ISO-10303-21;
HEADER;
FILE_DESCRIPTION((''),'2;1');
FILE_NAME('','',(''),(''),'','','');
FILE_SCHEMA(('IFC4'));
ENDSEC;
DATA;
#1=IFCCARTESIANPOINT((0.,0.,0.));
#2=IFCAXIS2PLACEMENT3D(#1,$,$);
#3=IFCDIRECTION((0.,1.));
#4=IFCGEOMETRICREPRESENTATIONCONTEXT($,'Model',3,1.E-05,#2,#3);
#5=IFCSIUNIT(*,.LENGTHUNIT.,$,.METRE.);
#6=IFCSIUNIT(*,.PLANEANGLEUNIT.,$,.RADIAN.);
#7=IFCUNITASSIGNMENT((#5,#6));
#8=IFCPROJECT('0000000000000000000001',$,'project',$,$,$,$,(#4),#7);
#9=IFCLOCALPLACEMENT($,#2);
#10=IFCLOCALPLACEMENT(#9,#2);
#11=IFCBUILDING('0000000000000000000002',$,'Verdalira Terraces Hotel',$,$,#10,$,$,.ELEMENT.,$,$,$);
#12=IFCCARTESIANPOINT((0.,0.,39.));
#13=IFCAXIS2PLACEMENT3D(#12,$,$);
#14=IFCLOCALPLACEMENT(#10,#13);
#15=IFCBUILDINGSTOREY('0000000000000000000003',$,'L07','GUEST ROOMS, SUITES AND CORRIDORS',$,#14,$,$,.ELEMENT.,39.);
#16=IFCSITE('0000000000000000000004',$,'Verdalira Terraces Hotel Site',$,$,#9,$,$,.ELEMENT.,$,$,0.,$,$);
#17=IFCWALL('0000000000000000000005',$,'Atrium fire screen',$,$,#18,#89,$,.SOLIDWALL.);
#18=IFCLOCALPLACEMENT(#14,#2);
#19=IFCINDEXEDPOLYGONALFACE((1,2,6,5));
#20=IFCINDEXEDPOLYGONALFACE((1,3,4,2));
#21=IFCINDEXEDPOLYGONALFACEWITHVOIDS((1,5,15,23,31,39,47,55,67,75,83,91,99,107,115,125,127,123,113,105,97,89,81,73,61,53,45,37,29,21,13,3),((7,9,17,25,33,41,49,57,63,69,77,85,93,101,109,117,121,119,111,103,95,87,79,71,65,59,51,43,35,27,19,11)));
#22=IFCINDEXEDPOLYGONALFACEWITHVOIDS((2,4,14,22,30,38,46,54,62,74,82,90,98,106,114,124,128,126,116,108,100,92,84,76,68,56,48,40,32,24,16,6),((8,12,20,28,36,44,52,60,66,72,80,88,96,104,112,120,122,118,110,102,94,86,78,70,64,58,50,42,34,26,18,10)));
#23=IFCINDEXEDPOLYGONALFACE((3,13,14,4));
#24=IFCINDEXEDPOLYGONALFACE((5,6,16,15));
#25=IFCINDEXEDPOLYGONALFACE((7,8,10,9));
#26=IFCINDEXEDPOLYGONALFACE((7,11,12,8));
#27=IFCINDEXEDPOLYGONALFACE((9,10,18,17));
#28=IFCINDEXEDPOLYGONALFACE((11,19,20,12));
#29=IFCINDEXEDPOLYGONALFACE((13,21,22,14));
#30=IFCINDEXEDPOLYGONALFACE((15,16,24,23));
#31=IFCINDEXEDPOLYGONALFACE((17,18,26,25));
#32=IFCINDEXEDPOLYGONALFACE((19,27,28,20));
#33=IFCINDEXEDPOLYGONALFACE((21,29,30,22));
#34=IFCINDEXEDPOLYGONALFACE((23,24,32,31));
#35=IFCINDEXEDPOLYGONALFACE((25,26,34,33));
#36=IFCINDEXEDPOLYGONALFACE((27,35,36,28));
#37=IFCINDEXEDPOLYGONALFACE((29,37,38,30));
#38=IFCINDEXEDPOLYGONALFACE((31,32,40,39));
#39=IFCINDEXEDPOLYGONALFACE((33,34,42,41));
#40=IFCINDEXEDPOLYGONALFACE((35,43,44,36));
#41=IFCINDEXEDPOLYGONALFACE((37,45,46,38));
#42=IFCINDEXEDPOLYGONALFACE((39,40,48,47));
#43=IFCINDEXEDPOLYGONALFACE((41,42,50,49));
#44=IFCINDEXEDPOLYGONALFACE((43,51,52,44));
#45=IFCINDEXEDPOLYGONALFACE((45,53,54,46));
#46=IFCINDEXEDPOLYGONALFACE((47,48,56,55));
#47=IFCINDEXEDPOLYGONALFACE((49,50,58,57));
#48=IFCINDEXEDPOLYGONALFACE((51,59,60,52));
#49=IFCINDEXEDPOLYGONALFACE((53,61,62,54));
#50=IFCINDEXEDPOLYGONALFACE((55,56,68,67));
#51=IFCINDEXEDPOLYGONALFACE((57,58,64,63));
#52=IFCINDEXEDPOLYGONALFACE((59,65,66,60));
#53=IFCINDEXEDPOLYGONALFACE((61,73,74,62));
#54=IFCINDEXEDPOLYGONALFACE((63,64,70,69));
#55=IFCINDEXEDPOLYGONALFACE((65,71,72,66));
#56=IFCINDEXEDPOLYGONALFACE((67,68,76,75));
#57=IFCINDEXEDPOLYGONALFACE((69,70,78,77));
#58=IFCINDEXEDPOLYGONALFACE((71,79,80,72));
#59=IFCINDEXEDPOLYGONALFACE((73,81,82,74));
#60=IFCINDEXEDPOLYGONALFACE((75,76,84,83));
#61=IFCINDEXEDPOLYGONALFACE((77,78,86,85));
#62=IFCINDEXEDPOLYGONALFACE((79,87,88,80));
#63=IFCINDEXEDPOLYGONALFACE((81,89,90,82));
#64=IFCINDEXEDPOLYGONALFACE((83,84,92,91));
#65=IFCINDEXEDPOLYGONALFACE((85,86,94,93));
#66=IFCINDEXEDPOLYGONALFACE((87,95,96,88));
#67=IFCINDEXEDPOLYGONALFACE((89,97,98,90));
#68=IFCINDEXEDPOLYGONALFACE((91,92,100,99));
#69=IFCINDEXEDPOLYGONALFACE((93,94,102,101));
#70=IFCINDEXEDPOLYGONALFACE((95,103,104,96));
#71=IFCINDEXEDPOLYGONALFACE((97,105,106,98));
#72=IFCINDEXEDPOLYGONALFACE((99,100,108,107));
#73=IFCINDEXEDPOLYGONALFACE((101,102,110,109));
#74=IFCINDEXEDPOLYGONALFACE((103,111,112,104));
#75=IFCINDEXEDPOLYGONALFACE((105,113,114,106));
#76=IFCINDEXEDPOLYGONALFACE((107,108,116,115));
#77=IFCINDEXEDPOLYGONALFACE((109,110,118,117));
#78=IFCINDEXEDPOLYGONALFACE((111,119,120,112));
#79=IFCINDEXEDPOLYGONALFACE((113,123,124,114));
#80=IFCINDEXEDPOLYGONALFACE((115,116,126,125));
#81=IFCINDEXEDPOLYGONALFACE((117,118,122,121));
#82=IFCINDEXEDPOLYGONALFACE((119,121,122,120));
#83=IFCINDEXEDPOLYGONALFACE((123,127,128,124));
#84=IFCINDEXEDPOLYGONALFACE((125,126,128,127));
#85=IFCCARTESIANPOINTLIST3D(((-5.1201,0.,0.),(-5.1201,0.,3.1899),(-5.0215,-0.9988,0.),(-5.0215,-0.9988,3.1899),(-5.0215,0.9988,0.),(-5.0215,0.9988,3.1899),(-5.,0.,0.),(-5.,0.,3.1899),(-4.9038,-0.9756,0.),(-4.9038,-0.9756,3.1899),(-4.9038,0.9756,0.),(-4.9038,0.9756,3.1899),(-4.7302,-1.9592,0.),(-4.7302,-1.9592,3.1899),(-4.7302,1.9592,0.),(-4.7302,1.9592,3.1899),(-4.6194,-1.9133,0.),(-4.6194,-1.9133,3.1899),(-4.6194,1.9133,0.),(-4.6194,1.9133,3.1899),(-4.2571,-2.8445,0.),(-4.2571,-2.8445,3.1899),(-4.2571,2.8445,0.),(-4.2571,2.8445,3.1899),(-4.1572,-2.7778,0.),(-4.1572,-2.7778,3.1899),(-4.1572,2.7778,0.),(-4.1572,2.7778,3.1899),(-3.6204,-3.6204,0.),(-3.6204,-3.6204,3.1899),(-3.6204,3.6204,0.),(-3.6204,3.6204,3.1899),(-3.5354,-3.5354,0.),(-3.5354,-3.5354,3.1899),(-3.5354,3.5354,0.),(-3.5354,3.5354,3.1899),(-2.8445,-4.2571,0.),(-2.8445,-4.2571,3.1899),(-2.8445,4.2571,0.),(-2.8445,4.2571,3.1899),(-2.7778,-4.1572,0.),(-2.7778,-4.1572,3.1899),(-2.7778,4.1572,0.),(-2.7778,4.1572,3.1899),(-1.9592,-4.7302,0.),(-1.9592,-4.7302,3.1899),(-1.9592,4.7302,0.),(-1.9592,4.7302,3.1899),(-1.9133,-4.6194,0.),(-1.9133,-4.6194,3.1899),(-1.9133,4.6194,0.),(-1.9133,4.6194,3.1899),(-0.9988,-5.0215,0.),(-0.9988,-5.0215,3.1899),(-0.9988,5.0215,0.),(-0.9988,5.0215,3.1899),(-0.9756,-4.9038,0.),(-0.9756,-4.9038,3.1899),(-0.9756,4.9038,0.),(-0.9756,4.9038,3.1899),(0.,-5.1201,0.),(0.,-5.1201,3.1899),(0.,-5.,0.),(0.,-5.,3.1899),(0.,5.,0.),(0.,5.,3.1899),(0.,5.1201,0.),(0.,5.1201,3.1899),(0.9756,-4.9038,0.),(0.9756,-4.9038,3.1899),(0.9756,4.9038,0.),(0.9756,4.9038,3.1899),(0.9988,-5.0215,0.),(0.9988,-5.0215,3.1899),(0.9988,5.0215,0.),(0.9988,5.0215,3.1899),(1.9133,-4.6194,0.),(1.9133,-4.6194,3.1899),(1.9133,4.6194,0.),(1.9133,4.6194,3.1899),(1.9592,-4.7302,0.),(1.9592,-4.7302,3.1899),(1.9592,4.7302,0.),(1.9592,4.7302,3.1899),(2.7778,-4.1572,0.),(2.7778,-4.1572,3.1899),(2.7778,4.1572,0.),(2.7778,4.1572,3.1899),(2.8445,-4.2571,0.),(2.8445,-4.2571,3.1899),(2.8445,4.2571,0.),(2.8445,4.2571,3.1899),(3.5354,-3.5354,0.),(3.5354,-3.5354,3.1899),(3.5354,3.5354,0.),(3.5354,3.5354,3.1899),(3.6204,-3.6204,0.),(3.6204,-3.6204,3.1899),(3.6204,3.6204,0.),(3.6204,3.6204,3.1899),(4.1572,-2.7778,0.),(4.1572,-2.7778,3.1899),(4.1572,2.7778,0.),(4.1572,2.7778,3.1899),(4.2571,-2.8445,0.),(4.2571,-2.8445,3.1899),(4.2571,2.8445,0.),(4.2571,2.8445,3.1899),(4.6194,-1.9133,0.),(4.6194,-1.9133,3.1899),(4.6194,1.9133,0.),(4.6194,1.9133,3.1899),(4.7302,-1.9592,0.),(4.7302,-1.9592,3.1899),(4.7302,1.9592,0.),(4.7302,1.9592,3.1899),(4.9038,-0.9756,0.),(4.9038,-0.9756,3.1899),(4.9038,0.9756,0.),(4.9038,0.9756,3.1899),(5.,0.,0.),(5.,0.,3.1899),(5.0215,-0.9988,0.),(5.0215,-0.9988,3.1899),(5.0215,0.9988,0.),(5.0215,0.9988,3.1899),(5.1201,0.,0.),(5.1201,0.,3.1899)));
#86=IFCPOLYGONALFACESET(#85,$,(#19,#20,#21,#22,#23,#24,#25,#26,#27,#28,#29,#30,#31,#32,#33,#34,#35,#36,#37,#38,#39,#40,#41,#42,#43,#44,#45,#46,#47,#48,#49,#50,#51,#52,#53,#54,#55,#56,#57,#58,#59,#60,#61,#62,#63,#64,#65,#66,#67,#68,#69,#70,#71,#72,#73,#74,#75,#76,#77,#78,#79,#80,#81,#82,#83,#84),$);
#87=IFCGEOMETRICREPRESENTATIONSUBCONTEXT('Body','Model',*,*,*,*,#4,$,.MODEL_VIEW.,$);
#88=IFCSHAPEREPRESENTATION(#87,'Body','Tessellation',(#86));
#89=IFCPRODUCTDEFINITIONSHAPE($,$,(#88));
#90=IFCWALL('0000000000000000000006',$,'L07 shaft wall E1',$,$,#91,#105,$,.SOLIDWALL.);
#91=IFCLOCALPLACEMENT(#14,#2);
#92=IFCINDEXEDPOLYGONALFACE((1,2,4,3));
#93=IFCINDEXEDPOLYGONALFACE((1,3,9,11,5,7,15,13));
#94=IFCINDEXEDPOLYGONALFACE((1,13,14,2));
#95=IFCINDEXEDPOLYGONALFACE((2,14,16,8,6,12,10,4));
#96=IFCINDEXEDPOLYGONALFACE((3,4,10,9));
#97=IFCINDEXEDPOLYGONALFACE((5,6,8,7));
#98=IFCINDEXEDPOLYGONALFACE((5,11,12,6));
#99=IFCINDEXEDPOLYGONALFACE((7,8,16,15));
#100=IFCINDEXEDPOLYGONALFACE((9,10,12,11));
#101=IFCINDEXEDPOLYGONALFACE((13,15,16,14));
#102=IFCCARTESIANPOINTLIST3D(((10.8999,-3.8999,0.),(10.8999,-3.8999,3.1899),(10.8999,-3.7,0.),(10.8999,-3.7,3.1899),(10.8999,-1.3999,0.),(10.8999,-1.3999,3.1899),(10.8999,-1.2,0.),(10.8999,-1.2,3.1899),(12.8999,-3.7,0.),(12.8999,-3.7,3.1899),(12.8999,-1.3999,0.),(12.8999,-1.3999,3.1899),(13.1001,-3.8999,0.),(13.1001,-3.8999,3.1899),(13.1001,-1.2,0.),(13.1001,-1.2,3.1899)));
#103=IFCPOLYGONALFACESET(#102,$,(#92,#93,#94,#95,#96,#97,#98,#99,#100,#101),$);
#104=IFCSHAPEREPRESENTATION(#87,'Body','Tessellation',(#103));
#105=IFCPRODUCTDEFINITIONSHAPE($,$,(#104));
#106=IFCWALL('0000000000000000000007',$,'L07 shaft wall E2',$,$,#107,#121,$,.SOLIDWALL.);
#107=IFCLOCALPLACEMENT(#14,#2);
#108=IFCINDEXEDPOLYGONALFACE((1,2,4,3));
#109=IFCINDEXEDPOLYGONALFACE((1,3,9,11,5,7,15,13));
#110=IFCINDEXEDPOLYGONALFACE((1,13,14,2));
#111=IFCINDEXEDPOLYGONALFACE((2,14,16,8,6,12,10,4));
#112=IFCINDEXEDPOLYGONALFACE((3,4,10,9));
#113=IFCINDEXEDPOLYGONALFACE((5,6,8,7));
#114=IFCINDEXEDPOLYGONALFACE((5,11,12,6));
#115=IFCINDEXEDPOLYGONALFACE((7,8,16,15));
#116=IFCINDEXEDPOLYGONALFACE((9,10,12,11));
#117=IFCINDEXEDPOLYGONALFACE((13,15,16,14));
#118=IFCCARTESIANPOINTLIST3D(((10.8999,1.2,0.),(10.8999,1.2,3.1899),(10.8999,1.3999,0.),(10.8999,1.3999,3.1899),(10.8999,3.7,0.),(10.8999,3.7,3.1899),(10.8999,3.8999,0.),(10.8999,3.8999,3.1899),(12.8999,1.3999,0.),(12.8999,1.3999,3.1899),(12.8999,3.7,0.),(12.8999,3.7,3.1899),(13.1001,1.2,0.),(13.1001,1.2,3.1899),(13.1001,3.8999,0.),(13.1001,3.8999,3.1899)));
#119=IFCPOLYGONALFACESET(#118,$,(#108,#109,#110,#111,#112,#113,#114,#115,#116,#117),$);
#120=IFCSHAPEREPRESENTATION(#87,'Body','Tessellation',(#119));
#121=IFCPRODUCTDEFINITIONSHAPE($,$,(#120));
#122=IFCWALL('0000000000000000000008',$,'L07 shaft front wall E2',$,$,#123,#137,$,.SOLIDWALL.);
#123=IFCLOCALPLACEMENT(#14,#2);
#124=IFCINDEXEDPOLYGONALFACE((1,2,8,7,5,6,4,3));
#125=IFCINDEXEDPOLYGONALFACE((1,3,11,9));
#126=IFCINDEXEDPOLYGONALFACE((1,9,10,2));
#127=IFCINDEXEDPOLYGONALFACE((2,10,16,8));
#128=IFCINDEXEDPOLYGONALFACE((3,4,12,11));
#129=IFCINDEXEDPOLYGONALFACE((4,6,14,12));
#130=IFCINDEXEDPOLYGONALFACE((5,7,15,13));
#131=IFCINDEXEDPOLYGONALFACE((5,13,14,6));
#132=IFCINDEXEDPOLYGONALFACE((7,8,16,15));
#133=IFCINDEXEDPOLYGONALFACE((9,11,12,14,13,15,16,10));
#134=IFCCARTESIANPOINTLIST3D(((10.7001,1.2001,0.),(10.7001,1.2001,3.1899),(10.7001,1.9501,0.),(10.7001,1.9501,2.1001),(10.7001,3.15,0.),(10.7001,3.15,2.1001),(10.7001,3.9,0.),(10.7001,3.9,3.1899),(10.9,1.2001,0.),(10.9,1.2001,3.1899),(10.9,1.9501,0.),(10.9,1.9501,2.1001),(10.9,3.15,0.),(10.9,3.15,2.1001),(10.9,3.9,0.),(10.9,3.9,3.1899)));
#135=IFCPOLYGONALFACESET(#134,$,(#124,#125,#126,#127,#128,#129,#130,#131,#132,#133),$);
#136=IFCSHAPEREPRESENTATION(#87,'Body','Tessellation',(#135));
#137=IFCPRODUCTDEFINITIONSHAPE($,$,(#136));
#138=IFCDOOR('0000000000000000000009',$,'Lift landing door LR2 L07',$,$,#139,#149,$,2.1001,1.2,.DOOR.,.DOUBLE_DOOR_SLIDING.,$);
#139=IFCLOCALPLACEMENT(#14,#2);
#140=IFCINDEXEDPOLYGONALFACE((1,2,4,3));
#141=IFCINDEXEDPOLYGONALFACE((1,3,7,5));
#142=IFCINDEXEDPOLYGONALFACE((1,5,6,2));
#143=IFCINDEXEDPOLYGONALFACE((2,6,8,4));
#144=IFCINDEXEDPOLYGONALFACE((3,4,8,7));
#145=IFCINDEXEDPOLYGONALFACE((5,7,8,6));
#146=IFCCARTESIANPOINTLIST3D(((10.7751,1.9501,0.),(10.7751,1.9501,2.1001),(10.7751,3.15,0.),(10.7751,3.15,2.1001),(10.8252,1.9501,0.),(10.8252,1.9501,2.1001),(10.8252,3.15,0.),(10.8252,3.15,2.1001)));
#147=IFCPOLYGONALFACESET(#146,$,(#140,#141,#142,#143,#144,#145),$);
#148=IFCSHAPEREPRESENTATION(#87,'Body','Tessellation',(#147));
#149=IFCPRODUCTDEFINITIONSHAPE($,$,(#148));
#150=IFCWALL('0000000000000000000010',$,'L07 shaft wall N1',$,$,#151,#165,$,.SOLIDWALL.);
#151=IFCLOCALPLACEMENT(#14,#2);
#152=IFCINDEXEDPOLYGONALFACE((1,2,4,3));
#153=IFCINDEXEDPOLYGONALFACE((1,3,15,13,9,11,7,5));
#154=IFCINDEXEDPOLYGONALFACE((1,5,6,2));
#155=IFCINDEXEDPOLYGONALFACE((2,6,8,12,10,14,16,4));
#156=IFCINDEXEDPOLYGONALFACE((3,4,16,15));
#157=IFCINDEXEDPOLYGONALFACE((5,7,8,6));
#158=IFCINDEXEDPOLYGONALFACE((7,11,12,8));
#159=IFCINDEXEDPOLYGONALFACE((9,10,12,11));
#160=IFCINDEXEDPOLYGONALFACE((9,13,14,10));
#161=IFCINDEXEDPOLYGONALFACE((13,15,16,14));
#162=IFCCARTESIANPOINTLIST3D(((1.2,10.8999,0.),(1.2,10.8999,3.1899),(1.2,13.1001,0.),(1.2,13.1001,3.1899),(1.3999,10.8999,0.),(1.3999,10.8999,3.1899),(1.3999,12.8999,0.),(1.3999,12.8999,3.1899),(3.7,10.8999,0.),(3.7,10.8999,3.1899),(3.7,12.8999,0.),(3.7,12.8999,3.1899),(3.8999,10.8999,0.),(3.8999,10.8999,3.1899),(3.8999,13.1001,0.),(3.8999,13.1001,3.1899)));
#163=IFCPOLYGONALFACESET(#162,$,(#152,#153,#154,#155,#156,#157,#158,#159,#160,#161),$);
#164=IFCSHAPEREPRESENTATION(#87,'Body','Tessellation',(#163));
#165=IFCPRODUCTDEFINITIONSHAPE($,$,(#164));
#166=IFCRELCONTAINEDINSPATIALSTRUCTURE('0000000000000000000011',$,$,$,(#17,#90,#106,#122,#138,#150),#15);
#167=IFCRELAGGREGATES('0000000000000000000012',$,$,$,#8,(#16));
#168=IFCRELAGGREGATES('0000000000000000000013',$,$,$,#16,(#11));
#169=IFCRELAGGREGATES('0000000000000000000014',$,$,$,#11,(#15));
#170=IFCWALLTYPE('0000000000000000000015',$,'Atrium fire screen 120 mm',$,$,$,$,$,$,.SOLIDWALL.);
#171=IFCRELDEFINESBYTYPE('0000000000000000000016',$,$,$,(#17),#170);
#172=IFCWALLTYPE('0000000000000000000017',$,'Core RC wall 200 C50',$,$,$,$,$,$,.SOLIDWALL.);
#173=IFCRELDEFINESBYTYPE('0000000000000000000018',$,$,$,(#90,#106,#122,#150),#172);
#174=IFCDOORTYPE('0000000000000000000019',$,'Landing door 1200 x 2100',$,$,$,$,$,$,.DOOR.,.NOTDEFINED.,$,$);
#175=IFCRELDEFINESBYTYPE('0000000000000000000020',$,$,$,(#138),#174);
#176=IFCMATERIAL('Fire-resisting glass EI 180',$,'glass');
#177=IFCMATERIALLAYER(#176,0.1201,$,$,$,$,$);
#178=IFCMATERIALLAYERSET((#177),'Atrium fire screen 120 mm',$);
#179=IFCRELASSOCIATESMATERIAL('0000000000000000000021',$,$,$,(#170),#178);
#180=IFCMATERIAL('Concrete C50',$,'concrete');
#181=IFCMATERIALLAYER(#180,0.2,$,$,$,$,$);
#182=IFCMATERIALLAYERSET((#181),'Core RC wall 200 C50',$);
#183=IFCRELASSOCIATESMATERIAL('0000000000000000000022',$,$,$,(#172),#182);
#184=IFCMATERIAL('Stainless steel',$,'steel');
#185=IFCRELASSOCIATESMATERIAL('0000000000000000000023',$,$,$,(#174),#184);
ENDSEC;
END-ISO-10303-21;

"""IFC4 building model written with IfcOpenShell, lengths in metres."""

from ifc_helpers import new_model, si_unit, direction, frame, frame_2d, origin, place, context, subcontext, project, spatial, polyline, rectangle, outline, extrude, material, layer, layer_set, type_object, element, fill, save


model = new_model("IFC4")

# Units and contexts
model_context = context("Model", 3, precision=1e-05, world=origin(), true_north=direction((0.0, 1.0)))
body_context = subcontext(model_context, "Body", "Model", "MODEL_VIEW")
ifc_project = project(units=[si_unit("LENGTHUNIT", "METRE"), si_unit("PLANEANGLEUNIT", "RADIAN")], contexts=[model_context])

# Site, building, storey
site_placement = place(None, origin())
site = spatial("IfcSite", under=ifc_project, at=site_placement, Name="Verdalira Terraces Hotel Site", CompositionType="ELEMENT", RefElevation=0.0)
building_placement = place(site_placement, origin())
building = spatial("IfcBuilding", under=site, at=building_placement, Name="Verdalira Terraces Hotel", CompositionType="ELEMENT")
storey_placement = place(building_placement, frame((0.0, 0.0, 39.0)))
storey = spatial("IfcBuildingStorey", under=building, at=storey_placement, Name="L07", Description="GUEST ROOMS, SUITES AND CORRIDORS", CompositionType="ELEMENT", Elevation=39.0)

# Walls
ifc_material_1 = material(Name="Fire-resisting glass EI 180", Category="glass")
ifc_layer_1 = layer(ifc_material_1, 0.1201)
ifc_layer_set_1 = layer_set([ifc_layer_1], Name="Atrium fire screen 120 mm")
wall_type_1 = type_object("IfcWallType", Name="Atrium fire screen 120 mm", PredefinedType="SOLIDWALL", material=ifc_layer_set_1)
wall_1_placement = place(storey_placement, origin())
element("IfcWall", 1, at=wall_1_placement, inside=storey, type_object=wall_type_1, Name="Atrium fire screen", PredefinedType="SOLIDWALL", context=body_context, shape_type="SweptSolid", body=[
    extrude(outline(polyline([(5.0215, -0.9988), (4.7302, -1.9592), (4.2571, -2.8445), (3.6204, -3.6204), (2.8445, -4.2571), (1.9592, -4.7302), (0.9988, -5.0215), (0.0, -5.1201), (-0.9988, -5.0215), (-1.9592, -4.7302), (-2.8445, -4.2571), (-3.6204, -3.6204), (-4.2571, -2.8445), (-4.7302, -1.9592), (-5.0215, -0.9988), (-5.1201, 0.0), (-5.0215, 0.9988), (-4.7302, 1.9592), (-4.2571, 2.8445), (-3.6204, 3.6204), (-2.8445, 4.2571), (-1.9592, 4.7302), (-0.9988, 5.0215), (0.0, 5.1201), (0.9988, 5.0215), (1.9592, 4.7302), (2.8445, 4.2571), (3.6204, 3.6204), (4.2571, 2.8445), (4.7302, 1.9592), (5.0215, 0.9988), (5.1201, 0.0), (5.0215, -0.9988)]), holes=[polyline([(4.9038, 0.9756), (4.6194, 1.9133), (4.1572, 2.7778), (3.5354, 3.5354), (2.7778, 4.1572), (1.9133, 4.6194), (0.9756, 4.9038), (0.0, 5.0), (-0.9756, 4.9038), (-1.9133, 4.6194), (-2.7778, 4.1572), (-3.5354, 3.5354), (-4.1572, 2.7778), (-4.6194, 1.9133), (-4.9038, 0.9756), (-5.0, 0.0), (-4.9038, -0.9756), (-4.6194, -1.9133), (-4.1572, -2.7778), (-3.5354, -3.5354), (-2.7778, -4.1572), (-1.9133, -4.6194), (-0.9756, -4.9038), (0.0, -5.0), (0.9756, -4.9038), (1.9133, -4.6194), (2.7778, -4.1572), (3.5354, -3.5354), (4.1572, -2.7778), (4.6194, -1.9133), (4.9038, -0.9756), (5.0, 0.0), (4.9038, 0.9756)])]), origin(), (0.0, 0.0, 1.0), 3.1899),
])
ifc_material_2 = material(Name="Concrete C50", Category="concrete")
ifc_layer_2 = layer(ifc_material_2, 0.2)
ifc_layer_set_2 = layer_set([ifc_layer_2], Name="Core RC wall 200 C50")
wall_type_2 = type_object("IfcWallType", Name="Core RC wall 200 C50", PredefinedType="SOLIDWALL", material=ifc_layer_set_2)
wall_2_placement = place(storey_placement, origin())
element("IfcWall", 2, at=wall_2_placement, inside=storey, type_object=wall_type_2, Name="L07 shaft wall E1", PredefinedType="SOLIDWALL", context=body_context, shape_type="SweptSolid", body=[
    extrude(outline(polyline([(13.1001, -3.8999), (10.8999, -3.8999), (10.8999, -3.7), (12.8999, -3.7), (12.8999, -1.3999), (10.8999, -1.3999), (10.8999, -1.2), (13.1001, -1.2), (13.1001, -3.8999)])), origin(), (0.0, 0.0, 1.0), 3.1899),
])
wall_3_placement = place(storey_placement, origin())
element("IfcWall", 3, at=wall_3_placement, inside=storey, type_object=wall_type_2, Name="L07 shaft wall E2", PredefinedType="SOLIDWALL", context=body_context, shape_type="SweptSolid", body=[
    extrude(outline(polyline([(13.1001, 3.8999), (13.1001, 1.2), (10.8999, 1.2), (10.8999, 1.3999), (12.8999, 1.3999), (12.8999, 3.7), (10.8999, 3.7), (10.8999, 3.8999), (13.1001, 3.8999)])), origin(), (0.0, 0.0, 1.0), 3.1899),
])

# Wall, opening, door
wall_4_placement = place(storey_placement, frame((10.8, 1.2, 0.0), z_axis=(0.0, 0.0, 1.0), x_axis=(0.0, 1.0, 0.0)))
wall_4 = element("IfcWall", 4, at=wall_4_placement, inside=storey, type_object=wall_type_2, Name="L07 shaft front wall E2", PredefinedType="SOLIDWALL", context=body_context, shape_type="SweptSolid", body=[
    extrude(rectangle(XDim=2.7, YDim=0.2, at=frame_2d((1.3501, 0.0))), origin(), (0.0, 0.0, 1.0), 3.1899),
])
opening_1_placement = place(wall_4_placement, frame((0.75, 0.0, 0.0)))
opening_1 = element("IfcOpeningElement", 5, at=opening_1_placement, cuts=wall_4, PredefinedType="OPENING", context=body_context, shape_type="SweptSolid", body=[
    extrude(rectangle(XDim=1.2, YDim=2.1001, at=frame_2d((0.6001, 1.05))), frame((0.0, 0.1099, 0.0), z_axis=(0.0, -1.0, 0.0), x_axis=(1.0, 0.0, 0.0)), (0.0, 0.0, 1.0), 0.22),
])
ifc_material_3 = material(Name="Stainless steel", Category="steel")
door_type_1 = type_object("IfcDoorType", Name="Landing door 1200 x 2100", OperationType="NOTDEFINED", PredefinedType="DOOR", material=ifc_material_3)
door_1_placement = place(opening_1_placement, origin())
door_1 = element("IfcDoor", 6, at=door_1_placement, inside=storey, type_object=door_type_1, Name="Lift landing door LR2 L07", OperationType="DOUBLE_DOOR_SLIDING", OverallHeight=2.1001, OverallWidth=1.2, PredefinedType="DOOR", context=body_context, shape_type="SweptSolid", body=[
    extrude(rectangle(XDim=1.2, YDim=2.1001, at=frame_2d((0.6001, 1.05))), frame((0.0, 0.0249, 0.0), z_axis=(0.0, -1.0, 0.0), x_axis=(1.0, 0.0, 0.0)), (0.0, 0.0, 1.0), 0.05),
])
fill(opening_1, door_1)

# Wall
wall_5_placement = place(storey_placement, origin())
element("IfcWall", 7, at=wall_5_placement, inside=storey, type_object=wall_type_2, Name="L07 shaft wall N1", PredefinedType="SOLIDWALL", context=body_context, shape_type="SweptSolid", body=[
    extrude(outline(polyline([(3.8999, 13.1001), (3.8999, 10.8999), (3.7, 10.8999), (3.7, 12.8999), (1.3999, 12.8999), (1.3999, 10.8999), (1.2, 10.8999), (1.2, 13.1001), (3.8999, 13.1001)])), origin(), (0.0, 0.0, 1.0), 3.1899),
])

save(model, "model.ifc")
